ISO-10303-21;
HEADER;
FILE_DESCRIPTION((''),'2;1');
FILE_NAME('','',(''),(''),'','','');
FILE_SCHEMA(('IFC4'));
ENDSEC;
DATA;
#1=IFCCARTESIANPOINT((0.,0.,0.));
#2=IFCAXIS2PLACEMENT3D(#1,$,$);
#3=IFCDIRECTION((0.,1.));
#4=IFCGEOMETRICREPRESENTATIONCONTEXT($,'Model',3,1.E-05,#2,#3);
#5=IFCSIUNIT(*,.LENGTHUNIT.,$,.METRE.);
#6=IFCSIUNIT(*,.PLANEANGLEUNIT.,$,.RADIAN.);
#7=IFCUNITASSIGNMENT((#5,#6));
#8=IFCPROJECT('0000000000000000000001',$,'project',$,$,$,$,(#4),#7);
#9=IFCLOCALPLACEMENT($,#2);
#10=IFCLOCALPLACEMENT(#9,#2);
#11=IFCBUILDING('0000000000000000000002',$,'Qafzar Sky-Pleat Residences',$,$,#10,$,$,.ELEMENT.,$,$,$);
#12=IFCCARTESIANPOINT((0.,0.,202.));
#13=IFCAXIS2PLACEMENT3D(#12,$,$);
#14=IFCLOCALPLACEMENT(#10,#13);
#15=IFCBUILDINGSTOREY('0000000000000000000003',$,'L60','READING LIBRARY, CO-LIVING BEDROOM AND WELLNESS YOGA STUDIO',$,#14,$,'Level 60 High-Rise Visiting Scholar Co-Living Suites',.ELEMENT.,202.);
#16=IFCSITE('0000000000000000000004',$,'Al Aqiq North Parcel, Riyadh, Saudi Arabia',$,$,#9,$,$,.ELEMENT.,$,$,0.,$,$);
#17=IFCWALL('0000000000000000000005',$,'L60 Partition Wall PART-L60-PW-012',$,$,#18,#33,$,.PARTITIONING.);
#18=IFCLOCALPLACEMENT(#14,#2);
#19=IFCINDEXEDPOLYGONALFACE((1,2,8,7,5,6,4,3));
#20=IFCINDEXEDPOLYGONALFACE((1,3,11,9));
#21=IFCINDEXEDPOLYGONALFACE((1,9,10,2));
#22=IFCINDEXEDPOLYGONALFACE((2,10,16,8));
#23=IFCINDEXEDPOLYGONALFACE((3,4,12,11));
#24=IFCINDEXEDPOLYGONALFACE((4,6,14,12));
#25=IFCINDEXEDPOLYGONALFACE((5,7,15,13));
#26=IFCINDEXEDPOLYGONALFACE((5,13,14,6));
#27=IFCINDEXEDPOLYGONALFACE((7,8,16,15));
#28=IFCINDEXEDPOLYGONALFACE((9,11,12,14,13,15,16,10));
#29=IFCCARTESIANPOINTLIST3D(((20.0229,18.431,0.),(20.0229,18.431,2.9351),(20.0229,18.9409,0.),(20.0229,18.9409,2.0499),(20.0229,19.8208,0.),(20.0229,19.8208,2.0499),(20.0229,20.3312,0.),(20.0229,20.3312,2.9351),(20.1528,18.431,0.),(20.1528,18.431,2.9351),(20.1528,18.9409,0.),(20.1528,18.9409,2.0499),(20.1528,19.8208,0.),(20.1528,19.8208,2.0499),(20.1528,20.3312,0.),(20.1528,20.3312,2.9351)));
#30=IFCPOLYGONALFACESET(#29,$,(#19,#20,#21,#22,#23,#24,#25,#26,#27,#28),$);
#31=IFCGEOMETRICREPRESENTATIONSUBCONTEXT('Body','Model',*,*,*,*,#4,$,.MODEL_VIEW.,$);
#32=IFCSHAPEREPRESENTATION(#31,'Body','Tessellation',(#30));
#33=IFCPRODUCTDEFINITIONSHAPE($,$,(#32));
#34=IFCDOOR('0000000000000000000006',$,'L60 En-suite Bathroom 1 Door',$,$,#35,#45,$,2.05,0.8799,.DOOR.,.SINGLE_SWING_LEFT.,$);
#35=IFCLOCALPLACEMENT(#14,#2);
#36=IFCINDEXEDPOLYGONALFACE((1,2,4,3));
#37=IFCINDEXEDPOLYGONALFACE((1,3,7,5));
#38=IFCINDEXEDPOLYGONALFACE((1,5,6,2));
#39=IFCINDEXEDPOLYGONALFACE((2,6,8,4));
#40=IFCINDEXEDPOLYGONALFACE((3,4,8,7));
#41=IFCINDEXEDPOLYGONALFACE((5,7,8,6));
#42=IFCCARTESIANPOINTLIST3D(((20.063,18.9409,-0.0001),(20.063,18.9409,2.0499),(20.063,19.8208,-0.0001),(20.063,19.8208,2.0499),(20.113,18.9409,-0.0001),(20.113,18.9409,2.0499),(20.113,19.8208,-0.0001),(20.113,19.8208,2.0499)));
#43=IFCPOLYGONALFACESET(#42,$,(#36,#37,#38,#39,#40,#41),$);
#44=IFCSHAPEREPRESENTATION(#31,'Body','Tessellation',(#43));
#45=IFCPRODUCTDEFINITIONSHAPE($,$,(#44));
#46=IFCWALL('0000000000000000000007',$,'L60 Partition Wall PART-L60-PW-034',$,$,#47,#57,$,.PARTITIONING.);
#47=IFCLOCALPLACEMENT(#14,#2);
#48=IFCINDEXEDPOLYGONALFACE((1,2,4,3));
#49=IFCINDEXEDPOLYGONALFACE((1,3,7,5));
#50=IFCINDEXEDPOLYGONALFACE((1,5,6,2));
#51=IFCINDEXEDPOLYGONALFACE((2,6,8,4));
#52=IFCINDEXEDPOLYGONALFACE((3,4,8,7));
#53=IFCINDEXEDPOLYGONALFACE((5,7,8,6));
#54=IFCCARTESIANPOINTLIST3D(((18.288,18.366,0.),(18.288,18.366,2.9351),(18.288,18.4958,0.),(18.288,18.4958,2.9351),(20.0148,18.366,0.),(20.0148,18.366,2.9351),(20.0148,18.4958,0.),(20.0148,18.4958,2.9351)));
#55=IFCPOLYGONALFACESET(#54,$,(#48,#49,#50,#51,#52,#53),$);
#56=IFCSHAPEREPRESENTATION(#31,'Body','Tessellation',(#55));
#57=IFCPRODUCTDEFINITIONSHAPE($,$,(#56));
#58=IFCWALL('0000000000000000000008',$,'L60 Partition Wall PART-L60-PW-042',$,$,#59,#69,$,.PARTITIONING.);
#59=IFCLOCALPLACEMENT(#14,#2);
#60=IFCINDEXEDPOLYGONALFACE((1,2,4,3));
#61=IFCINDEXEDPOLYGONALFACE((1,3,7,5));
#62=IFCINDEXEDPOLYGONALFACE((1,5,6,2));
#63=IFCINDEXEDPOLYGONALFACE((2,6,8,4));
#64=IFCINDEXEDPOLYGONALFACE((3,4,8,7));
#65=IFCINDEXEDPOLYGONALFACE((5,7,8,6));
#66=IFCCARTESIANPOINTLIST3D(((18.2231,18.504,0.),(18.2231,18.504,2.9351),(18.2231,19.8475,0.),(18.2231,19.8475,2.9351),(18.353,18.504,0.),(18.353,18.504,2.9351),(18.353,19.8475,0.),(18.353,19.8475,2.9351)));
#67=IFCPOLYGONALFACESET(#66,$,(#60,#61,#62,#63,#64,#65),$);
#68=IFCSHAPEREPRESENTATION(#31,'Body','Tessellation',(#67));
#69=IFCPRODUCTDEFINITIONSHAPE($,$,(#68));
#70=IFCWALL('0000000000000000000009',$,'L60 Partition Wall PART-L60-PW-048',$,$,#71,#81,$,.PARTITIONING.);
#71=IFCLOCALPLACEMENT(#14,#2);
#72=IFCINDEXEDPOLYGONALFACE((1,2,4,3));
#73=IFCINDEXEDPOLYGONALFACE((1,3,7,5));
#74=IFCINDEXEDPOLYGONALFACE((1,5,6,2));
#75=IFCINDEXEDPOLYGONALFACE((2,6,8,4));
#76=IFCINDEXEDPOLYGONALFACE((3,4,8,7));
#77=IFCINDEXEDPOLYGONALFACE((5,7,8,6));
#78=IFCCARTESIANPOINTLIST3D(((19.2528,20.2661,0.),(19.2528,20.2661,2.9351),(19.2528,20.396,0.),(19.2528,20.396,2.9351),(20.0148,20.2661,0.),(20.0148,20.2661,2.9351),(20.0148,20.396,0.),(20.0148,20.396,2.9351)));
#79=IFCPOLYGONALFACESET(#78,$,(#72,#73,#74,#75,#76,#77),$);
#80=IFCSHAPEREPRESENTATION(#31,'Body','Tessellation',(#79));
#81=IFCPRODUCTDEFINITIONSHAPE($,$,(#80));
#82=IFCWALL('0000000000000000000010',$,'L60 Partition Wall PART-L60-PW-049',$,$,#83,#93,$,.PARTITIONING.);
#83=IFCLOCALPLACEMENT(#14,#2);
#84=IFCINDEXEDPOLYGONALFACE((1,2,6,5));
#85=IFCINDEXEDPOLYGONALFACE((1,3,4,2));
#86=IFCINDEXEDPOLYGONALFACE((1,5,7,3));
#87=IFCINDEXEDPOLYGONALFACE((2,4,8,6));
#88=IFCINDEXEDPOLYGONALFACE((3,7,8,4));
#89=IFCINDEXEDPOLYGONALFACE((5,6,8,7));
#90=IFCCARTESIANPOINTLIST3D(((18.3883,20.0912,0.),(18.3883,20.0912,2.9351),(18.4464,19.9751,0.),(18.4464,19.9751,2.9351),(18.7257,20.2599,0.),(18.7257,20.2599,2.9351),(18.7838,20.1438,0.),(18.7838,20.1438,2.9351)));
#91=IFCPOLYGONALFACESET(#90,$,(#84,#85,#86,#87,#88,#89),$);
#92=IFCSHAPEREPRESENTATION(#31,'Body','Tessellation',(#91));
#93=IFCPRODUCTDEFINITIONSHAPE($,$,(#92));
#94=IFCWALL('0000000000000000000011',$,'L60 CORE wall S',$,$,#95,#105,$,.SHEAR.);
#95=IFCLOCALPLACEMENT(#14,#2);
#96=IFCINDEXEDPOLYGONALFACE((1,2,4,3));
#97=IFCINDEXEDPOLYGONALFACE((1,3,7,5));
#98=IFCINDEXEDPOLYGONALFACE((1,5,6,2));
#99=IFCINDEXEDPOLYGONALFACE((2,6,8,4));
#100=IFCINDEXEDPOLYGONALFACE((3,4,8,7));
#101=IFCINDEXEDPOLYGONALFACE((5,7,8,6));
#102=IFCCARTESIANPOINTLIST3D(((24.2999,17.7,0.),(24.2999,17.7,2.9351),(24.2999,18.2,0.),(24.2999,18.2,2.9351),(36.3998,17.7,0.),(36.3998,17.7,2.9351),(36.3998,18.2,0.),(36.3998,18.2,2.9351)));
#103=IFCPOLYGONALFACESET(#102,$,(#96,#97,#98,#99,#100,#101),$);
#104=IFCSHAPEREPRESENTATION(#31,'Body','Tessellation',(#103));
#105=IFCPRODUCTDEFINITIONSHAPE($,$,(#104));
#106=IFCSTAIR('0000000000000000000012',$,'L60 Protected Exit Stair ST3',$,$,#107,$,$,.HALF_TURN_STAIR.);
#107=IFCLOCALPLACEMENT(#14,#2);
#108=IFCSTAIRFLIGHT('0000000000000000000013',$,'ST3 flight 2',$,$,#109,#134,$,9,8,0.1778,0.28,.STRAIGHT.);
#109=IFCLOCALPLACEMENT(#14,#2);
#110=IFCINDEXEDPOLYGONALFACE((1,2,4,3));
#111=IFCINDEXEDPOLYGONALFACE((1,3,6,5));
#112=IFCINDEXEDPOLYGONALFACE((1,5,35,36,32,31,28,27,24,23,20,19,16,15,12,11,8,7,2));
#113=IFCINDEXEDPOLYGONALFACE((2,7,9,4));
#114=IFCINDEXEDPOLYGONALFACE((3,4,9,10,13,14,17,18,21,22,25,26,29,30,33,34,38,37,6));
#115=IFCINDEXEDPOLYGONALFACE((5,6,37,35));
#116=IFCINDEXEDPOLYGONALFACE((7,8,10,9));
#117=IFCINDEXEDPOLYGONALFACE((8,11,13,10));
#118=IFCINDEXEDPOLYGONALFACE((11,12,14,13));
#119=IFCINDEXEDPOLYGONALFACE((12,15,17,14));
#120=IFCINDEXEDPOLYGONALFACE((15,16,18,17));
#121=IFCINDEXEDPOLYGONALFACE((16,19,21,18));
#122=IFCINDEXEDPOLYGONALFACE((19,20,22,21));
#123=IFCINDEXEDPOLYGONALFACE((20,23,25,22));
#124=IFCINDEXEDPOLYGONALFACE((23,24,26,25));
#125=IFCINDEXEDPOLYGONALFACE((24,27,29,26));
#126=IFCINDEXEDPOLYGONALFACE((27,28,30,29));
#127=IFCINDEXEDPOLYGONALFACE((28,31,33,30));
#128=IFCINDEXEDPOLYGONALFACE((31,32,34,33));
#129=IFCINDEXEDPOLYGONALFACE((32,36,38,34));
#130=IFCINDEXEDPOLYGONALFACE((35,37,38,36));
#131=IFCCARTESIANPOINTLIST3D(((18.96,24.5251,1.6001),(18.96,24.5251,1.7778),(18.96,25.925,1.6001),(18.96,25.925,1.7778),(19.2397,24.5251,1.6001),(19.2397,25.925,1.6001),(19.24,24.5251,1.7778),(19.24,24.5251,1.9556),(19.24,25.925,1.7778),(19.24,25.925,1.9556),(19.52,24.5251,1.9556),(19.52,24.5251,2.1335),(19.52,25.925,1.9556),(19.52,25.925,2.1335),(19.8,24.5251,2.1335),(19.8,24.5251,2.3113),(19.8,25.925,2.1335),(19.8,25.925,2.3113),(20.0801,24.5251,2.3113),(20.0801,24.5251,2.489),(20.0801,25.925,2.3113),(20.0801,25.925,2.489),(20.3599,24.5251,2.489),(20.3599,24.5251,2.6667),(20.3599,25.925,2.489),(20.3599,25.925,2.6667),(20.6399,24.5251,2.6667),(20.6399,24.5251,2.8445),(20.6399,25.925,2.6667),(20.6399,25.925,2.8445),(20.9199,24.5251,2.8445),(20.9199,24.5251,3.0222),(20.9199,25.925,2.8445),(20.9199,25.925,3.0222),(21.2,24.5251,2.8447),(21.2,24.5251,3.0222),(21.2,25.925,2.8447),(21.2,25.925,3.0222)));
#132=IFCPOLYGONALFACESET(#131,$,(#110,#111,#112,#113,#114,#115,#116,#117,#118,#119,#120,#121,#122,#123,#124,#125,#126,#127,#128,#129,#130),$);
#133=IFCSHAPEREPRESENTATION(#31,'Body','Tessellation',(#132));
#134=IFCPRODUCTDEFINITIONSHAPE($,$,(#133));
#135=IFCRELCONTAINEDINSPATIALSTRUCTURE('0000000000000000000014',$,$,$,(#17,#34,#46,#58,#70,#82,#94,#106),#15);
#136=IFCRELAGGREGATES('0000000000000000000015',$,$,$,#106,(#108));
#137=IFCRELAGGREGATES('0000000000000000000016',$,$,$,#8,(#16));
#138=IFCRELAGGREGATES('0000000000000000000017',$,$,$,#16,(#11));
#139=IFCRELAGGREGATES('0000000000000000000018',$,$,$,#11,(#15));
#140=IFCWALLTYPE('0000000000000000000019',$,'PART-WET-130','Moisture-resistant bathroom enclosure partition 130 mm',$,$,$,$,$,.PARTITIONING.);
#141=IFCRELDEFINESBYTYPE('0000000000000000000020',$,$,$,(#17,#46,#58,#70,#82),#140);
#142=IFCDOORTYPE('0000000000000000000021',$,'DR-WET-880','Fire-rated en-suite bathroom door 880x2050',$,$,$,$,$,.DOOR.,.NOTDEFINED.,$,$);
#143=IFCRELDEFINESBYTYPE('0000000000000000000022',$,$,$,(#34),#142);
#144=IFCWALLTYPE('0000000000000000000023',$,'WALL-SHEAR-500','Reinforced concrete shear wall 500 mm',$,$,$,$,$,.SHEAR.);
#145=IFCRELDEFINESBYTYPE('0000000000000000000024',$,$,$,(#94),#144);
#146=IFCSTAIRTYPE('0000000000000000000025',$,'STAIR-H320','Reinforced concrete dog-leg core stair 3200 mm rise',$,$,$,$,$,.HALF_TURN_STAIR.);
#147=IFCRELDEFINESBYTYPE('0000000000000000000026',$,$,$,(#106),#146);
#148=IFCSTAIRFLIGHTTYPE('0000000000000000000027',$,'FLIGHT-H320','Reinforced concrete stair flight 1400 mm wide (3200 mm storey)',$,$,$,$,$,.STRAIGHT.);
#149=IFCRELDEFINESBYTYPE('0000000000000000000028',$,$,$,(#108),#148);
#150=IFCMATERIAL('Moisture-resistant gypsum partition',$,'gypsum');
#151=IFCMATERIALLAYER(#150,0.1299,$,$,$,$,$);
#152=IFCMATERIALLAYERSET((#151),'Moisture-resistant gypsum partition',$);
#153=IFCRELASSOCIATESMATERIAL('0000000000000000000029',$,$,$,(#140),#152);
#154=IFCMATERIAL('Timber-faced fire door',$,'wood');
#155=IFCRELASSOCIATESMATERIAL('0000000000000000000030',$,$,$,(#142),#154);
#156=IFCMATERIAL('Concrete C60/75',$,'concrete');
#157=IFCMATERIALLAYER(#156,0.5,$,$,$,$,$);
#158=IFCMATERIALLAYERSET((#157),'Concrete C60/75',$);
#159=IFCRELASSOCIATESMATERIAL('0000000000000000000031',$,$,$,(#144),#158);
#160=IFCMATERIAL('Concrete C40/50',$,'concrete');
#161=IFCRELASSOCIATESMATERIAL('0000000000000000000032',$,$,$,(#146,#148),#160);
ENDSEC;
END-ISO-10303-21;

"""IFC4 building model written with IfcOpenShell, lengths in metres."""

from ifc_helpers import new_model, si_unit, direction, frame, frame_2d, origin, place, context, subcontext, project, spatial, polyline, rectangle, outline, extrude, source, transform, mapped, material, layer, layer_set, type_object, element, fill, aggregate, save


model = new_model("IFC4")

# Units and contexts
model_context = context("Model", 3, precision=1e-05, world=origin(), true_north=direction((0.0, 1.0)))
body_context = subcontext(model_context, "Body", "Model", "MODEL_VIEW")
ifc_project = project(units=[si_unit("LENGTHUNIT", "METRE"), si_unit("PLANEANGLEUNIT", "RADIAN")], contexts=[model_context])

# Site, building, storey
site_placement = place(None, origin())
site = spatial("IfcSite", under=ifc_project, at=site_placement, Name="Al Aqiq North Parcel, Riyadh, Saudi Arabia", CompositionType="ELEMENT", RefElevation=0.0)
building_placement = place(site_placement, origin())
building = spatial("IfcBuilding", under=site, at=building_placement, Name="Qafzar Sky-Pleat Residences", CompositionType="ELEMENT")
storey_placement = place(building_placement, frame((0.0, 0.0, 202.0)))
storey = spatial("IfcBuildingStorey", under=building, at=storey_placement, Name="L60", Description="READING LIBRARY, CO-LIVING BEDROOM AND WELLNESS YOGA STUDIO", LongName="Level 60 High-Rise Visiting Scholar Co-Living Suites", CompositionType="ELEMENT", Elevation=202.0)

# Shared definitions
ifc_material_1 = material(Name="Timber-faced fire door", Category="wood")

# Wall, opening, door
ifc_material_2 = material(Name="Moisture-resistant gypsum partition", Category="gypsum")
ifc_layer_1 = layer(ifc_material_2, 0.1299)
ifc_layer_set_1 = layer_set([ifc_layer_1], Name="Moisture-resistant gypsum partition")
wall_type_1 = type_object("IfcWallType", Name="PART-WET-130", Description="Moisture-resistant bathroom enclosure partition 130 mm", PredefinedType="PARTITIONING", material=ifc_layer_set_1)
wall_1_placement = place(storey_placement, frame((20.0879, 18.4309, 0.0), z_axis=(0.0, 0.0, 1.0), x_axis=(0.0, 1.0, 0.0)))
wall_1 = element("IfcWall", 1, at=wall_1_placement, inside=storey, type_object=wall_type_1, Name="L60 Partition Wall PART-L60-PW-012", PredefinedType="PARTITIONING", context=body_context, shape_type="SweptSolid", body=[
    extrude(rectangle(XDim=1.9001, YDim=0.1299, at=frame_2d((0.9502, 0.0))), origin(), (0.0, 0.0, 1.0), 2.9351),
])
opening_1_placement = place(wall_1_placement, frame((0.51, 0.0, 0.0)))
opening_1 = element("IfcOpeningElement", 2, at=opening_1_placement, cuts=wall_1, PredefinedType="OPENING", context=body_context, shape_type="SweptSolid", body=[
    extrude(rectangle(XDim=0.8799, YDim=2.05, at=frame_2d((0.4399, 1.0249))), frame((0.0, 0.075, 0.0), z_axis=(0.0, -1.0, 0.0), x_axis=(1.0, 0.0, 0.0)), (0.0, 0.0, 1.0), 0.1499),
])
door_type_1 = type_object("IfcDoorType", Name="DR-WET-880", Description="Fire-rated en-suite bathroom door 880x2050", OperationType="NOTDEFINED", PredefinedType="DOOR", material=ifc_material_1)
shared_shape_1 = source(origin(), body_context, "Body", "SweptSolid", [
    extrude(rectangle(XDim=0.8799, YDim=2.05, at=frame_2d((0.4399, 1.0249))), frame((0.0, 0.0249, 0.0), z_axis=(0.0, -1.0, 0.0), x_axis=(1.0, 0.0, 0.0)), (0.0, 0.0, 1.0), 0.05),
])
door_1_placement = place(opening_1_placement, origin())
door_1 = element("IfcDoor", 3, at=door_1_placement, inside=storey, type_object=door_type_1, Name="L60 En-suite Bathroom 1 Door", OperationType="SINGLE_SWING_LEFT", OverallHeight=2.05, OverallWidth=0.8799, PredefinedType="DOOR", context=body_context, shape_type="MappedRepresentation", body=[
    mapped(shared_shape_1, transform((0.0, 0.0, 0.0), x_axis=(1.0, 0.0, 0.0), y_axis=(0.0, 1.0, 0.0), z_axis=(0.0, 0.0, 1.0), scale=1.0)),
])
fill(opening_1, door_1)

# Walls
wall_2_placement = place(storey_placement, frame((18.2881, 18.4309, 0.0), z_axis=(0.0, 0.0, 1.0), x_axis=(1.0, 0.0, 0.0)))
element("IfcWall", 4, at=wall_2_placement, inside=storey, type_object=wall_type_1, Name="L60 Partition Wall PART-L60-PW-034", PredefinedType="PARTITIONING", context=body_context, shape_type="SweptSolid", body=[
    extrude(rectangle(XDim=1.7268, YDim=0.1299, at=frame_2d((0.8633, 0.0))), origin(), (0.0, 0.0, 1.0), 2.9351),
])
wall_3_placement = place(storey_placement, frame((18.2881, 18.5039, 0.0), z_axis=(0.0, 0.0, 1.0), x_axis=(0.0, 1.0, 0.0)))
element("IfcWall", 5, at=wall_3_placement, inside=storey, type_object=wall_type_1, Name="L60 Partition Wall PART-L60-PW-042", PredefinedType="PARTITIONING", context=body_context, shape_type="SweptSolid", body=[
    extrude(rectangle(XDim=1.3435, YDim=0.1299, at=frame_2d((0.6719, 0.0))), origin(), (0.0, 0.0, 1.0), 2.9351),
])
wall_4_placement = place(storey_placement, frame((19.2529, 20.3311, 0.0), z_axis=(0.0, 0.0, 1.0), x_axis=(1.0, 0.0, 0.0)))
element("IfcWall", 6, at=wall_4_placement, inside=storey, type_object=wall_type_1, Name="L60 Partition Wall PART-L60-PW-048", PredefinedType="PARTITIONING", context=body_context, shape_type="SweptSolid", body=[
    extrude(rectangle(XDim=0.762, YDim=0.1299, at=frame_2d((0.3809, 0.0))), origin(), (0.0, 0.0, 1.0), 2.9351),
])
wall_5_placement = place(storey_placement, frame((18.4175, 20.0332, 0.0), z_axis=(0.0, 0.0, 1.0), x_axis=(0.894427, 0.447214, 0.0)))
element("IfcWall", 7, at=wall_5_placement, inside=storey, type_object=wall_type_1, Name="L60 Partition Wall PART-L60-PW-049", PredefinedType="PARTITIONING", context=body_context, shape_type="SweptSolid", body=[
    extrude(rectangle(XDim=0.3772, YDim=0.1299, at=frame_2d((0.1885, 0.0))), origin(), (0.0, 0.0, 1.0), 2.9351),
])

# Shared definitions
ifc_material_3 = material(Name="Concrete C60/75", Category="concrete")

# Wall
ifc_layer_2 = layer(ifc_material_3, 0.5)
ifc_layer_set_2 = layer_set([ifc_layer_2], Name="Concrete C60/75")
wall_type_2 = type_object("IfcWallType", Name="WALL-SHEAR-500", Description="Reinforced concrete shear wall 500 mm", PredefinedType="SHEAR", material=ifc_layer_set_2)
wall_6_placement = place(storey_placement, frame((24.3, 17.95, 0.0), z_axis=(0.0, 0.0, 1.0), x_axis=(1.0, 0.0, 0.0)))
element("IfcWall", 8, at=wall_6_placement, inside=storey, type_object=wall_type_2, Name="L60 CORE wall S", PredefinedType="SHEAR", context=body_context, shape_type="SweptSolid", body=[
    extrude(rectangle(XDim=12.0999, YDim=0.5, at=frame_2d((6.0498, 0.0))), origin(), (0.0, 0.0, 1.0), 2.9351),
])

# Stair, stair flight
ifc_material_4 = material(Name="Concrete C40/50", Category="concrete")
stair_type = type_object("IfcStairType", Name="STAIR-H320", Description="Reinforced concrete dog-leg core stair 3200 mm rise", PredefinedType="HALF_TURN_STAIR", material=ifc_material_4)
stair_placement = place(storey_placement, origin())
stair = element("IfcStair", 9, at=stair_placement, inside=storey, type_object=stair_type, Name="L60 Protected Exit Stair ST3", PredefinedType="HALF_TURN_STAIR")
stair_flight_type = type_object("IfcStairFlightType", Name="FLIGHT-H320", Description="Reinforced concrete stair flight 1400 mm wide (3200 mm storey)", PredefinedType="STRAIGHT", material=ifc_material_4)
shared_shape_2 = source(origin(), body_context, "Body", "SweptSolid", [
    extrude(outline(polyline([(0.0, 0.0), (0.0, 0.1777), (0.28, 0.1777), (0.28, 0.3555), (0.5601, 0.3555), (0.5601, 0.5334), (0.8401, 0.5334), (0.8401, 0.7112), (1.1201, 0.7112), (1.1201, 0.8889), (1.3999, 0.8889), (1.3999, 1.0667), (1.6799, 1.0667), (1.6799, 1.2444), (1.96, 1.2444), (1.96, 1.4221), (2.24, 1.4221), (2.24, 1.6001), (2.24, 1.2446), (0.2798, 0.0), (0.0, 0.0)])), frame((0.0, 0.7, 0.0), z_axis=(0.0, -1.0, 0.0), x_axis=(1.0, 0.0, 0.0)), (0.0, 0.0, 1.0), 1.3999),
])
stair_flight_placement = place(storey_placement, frame((18.96, 25.2251, 1.6001), z_axis=(0.0, 0.0, 1.0), x_axis=(1.0, 0.0, 0.0)))
stair_flight = element("IfcStairFlight", 10, at=stair_flight_placement, type_object=stair_flight_type, Name="ST3 flight 2", NumberOfRisers=9, NumberOfTreads=8, PredefinedType="STRAIGHT", RiserHeight=0.1778, TreadLength=0.28, context=body_context, shape_type="MappedRepresentation", body=[
    mapped(shared_shape_2, transform((0.0, 0.0, 0.0), x_axis=(1.0, 0.0, 0.0), y_axis=(0.0, 1.0, 0.0), z_axis=(0.0, 0.0, 1.0), scale=1.0)),
])
aggregate(stair, [stair_flight])

save(model, "model.ifc")
